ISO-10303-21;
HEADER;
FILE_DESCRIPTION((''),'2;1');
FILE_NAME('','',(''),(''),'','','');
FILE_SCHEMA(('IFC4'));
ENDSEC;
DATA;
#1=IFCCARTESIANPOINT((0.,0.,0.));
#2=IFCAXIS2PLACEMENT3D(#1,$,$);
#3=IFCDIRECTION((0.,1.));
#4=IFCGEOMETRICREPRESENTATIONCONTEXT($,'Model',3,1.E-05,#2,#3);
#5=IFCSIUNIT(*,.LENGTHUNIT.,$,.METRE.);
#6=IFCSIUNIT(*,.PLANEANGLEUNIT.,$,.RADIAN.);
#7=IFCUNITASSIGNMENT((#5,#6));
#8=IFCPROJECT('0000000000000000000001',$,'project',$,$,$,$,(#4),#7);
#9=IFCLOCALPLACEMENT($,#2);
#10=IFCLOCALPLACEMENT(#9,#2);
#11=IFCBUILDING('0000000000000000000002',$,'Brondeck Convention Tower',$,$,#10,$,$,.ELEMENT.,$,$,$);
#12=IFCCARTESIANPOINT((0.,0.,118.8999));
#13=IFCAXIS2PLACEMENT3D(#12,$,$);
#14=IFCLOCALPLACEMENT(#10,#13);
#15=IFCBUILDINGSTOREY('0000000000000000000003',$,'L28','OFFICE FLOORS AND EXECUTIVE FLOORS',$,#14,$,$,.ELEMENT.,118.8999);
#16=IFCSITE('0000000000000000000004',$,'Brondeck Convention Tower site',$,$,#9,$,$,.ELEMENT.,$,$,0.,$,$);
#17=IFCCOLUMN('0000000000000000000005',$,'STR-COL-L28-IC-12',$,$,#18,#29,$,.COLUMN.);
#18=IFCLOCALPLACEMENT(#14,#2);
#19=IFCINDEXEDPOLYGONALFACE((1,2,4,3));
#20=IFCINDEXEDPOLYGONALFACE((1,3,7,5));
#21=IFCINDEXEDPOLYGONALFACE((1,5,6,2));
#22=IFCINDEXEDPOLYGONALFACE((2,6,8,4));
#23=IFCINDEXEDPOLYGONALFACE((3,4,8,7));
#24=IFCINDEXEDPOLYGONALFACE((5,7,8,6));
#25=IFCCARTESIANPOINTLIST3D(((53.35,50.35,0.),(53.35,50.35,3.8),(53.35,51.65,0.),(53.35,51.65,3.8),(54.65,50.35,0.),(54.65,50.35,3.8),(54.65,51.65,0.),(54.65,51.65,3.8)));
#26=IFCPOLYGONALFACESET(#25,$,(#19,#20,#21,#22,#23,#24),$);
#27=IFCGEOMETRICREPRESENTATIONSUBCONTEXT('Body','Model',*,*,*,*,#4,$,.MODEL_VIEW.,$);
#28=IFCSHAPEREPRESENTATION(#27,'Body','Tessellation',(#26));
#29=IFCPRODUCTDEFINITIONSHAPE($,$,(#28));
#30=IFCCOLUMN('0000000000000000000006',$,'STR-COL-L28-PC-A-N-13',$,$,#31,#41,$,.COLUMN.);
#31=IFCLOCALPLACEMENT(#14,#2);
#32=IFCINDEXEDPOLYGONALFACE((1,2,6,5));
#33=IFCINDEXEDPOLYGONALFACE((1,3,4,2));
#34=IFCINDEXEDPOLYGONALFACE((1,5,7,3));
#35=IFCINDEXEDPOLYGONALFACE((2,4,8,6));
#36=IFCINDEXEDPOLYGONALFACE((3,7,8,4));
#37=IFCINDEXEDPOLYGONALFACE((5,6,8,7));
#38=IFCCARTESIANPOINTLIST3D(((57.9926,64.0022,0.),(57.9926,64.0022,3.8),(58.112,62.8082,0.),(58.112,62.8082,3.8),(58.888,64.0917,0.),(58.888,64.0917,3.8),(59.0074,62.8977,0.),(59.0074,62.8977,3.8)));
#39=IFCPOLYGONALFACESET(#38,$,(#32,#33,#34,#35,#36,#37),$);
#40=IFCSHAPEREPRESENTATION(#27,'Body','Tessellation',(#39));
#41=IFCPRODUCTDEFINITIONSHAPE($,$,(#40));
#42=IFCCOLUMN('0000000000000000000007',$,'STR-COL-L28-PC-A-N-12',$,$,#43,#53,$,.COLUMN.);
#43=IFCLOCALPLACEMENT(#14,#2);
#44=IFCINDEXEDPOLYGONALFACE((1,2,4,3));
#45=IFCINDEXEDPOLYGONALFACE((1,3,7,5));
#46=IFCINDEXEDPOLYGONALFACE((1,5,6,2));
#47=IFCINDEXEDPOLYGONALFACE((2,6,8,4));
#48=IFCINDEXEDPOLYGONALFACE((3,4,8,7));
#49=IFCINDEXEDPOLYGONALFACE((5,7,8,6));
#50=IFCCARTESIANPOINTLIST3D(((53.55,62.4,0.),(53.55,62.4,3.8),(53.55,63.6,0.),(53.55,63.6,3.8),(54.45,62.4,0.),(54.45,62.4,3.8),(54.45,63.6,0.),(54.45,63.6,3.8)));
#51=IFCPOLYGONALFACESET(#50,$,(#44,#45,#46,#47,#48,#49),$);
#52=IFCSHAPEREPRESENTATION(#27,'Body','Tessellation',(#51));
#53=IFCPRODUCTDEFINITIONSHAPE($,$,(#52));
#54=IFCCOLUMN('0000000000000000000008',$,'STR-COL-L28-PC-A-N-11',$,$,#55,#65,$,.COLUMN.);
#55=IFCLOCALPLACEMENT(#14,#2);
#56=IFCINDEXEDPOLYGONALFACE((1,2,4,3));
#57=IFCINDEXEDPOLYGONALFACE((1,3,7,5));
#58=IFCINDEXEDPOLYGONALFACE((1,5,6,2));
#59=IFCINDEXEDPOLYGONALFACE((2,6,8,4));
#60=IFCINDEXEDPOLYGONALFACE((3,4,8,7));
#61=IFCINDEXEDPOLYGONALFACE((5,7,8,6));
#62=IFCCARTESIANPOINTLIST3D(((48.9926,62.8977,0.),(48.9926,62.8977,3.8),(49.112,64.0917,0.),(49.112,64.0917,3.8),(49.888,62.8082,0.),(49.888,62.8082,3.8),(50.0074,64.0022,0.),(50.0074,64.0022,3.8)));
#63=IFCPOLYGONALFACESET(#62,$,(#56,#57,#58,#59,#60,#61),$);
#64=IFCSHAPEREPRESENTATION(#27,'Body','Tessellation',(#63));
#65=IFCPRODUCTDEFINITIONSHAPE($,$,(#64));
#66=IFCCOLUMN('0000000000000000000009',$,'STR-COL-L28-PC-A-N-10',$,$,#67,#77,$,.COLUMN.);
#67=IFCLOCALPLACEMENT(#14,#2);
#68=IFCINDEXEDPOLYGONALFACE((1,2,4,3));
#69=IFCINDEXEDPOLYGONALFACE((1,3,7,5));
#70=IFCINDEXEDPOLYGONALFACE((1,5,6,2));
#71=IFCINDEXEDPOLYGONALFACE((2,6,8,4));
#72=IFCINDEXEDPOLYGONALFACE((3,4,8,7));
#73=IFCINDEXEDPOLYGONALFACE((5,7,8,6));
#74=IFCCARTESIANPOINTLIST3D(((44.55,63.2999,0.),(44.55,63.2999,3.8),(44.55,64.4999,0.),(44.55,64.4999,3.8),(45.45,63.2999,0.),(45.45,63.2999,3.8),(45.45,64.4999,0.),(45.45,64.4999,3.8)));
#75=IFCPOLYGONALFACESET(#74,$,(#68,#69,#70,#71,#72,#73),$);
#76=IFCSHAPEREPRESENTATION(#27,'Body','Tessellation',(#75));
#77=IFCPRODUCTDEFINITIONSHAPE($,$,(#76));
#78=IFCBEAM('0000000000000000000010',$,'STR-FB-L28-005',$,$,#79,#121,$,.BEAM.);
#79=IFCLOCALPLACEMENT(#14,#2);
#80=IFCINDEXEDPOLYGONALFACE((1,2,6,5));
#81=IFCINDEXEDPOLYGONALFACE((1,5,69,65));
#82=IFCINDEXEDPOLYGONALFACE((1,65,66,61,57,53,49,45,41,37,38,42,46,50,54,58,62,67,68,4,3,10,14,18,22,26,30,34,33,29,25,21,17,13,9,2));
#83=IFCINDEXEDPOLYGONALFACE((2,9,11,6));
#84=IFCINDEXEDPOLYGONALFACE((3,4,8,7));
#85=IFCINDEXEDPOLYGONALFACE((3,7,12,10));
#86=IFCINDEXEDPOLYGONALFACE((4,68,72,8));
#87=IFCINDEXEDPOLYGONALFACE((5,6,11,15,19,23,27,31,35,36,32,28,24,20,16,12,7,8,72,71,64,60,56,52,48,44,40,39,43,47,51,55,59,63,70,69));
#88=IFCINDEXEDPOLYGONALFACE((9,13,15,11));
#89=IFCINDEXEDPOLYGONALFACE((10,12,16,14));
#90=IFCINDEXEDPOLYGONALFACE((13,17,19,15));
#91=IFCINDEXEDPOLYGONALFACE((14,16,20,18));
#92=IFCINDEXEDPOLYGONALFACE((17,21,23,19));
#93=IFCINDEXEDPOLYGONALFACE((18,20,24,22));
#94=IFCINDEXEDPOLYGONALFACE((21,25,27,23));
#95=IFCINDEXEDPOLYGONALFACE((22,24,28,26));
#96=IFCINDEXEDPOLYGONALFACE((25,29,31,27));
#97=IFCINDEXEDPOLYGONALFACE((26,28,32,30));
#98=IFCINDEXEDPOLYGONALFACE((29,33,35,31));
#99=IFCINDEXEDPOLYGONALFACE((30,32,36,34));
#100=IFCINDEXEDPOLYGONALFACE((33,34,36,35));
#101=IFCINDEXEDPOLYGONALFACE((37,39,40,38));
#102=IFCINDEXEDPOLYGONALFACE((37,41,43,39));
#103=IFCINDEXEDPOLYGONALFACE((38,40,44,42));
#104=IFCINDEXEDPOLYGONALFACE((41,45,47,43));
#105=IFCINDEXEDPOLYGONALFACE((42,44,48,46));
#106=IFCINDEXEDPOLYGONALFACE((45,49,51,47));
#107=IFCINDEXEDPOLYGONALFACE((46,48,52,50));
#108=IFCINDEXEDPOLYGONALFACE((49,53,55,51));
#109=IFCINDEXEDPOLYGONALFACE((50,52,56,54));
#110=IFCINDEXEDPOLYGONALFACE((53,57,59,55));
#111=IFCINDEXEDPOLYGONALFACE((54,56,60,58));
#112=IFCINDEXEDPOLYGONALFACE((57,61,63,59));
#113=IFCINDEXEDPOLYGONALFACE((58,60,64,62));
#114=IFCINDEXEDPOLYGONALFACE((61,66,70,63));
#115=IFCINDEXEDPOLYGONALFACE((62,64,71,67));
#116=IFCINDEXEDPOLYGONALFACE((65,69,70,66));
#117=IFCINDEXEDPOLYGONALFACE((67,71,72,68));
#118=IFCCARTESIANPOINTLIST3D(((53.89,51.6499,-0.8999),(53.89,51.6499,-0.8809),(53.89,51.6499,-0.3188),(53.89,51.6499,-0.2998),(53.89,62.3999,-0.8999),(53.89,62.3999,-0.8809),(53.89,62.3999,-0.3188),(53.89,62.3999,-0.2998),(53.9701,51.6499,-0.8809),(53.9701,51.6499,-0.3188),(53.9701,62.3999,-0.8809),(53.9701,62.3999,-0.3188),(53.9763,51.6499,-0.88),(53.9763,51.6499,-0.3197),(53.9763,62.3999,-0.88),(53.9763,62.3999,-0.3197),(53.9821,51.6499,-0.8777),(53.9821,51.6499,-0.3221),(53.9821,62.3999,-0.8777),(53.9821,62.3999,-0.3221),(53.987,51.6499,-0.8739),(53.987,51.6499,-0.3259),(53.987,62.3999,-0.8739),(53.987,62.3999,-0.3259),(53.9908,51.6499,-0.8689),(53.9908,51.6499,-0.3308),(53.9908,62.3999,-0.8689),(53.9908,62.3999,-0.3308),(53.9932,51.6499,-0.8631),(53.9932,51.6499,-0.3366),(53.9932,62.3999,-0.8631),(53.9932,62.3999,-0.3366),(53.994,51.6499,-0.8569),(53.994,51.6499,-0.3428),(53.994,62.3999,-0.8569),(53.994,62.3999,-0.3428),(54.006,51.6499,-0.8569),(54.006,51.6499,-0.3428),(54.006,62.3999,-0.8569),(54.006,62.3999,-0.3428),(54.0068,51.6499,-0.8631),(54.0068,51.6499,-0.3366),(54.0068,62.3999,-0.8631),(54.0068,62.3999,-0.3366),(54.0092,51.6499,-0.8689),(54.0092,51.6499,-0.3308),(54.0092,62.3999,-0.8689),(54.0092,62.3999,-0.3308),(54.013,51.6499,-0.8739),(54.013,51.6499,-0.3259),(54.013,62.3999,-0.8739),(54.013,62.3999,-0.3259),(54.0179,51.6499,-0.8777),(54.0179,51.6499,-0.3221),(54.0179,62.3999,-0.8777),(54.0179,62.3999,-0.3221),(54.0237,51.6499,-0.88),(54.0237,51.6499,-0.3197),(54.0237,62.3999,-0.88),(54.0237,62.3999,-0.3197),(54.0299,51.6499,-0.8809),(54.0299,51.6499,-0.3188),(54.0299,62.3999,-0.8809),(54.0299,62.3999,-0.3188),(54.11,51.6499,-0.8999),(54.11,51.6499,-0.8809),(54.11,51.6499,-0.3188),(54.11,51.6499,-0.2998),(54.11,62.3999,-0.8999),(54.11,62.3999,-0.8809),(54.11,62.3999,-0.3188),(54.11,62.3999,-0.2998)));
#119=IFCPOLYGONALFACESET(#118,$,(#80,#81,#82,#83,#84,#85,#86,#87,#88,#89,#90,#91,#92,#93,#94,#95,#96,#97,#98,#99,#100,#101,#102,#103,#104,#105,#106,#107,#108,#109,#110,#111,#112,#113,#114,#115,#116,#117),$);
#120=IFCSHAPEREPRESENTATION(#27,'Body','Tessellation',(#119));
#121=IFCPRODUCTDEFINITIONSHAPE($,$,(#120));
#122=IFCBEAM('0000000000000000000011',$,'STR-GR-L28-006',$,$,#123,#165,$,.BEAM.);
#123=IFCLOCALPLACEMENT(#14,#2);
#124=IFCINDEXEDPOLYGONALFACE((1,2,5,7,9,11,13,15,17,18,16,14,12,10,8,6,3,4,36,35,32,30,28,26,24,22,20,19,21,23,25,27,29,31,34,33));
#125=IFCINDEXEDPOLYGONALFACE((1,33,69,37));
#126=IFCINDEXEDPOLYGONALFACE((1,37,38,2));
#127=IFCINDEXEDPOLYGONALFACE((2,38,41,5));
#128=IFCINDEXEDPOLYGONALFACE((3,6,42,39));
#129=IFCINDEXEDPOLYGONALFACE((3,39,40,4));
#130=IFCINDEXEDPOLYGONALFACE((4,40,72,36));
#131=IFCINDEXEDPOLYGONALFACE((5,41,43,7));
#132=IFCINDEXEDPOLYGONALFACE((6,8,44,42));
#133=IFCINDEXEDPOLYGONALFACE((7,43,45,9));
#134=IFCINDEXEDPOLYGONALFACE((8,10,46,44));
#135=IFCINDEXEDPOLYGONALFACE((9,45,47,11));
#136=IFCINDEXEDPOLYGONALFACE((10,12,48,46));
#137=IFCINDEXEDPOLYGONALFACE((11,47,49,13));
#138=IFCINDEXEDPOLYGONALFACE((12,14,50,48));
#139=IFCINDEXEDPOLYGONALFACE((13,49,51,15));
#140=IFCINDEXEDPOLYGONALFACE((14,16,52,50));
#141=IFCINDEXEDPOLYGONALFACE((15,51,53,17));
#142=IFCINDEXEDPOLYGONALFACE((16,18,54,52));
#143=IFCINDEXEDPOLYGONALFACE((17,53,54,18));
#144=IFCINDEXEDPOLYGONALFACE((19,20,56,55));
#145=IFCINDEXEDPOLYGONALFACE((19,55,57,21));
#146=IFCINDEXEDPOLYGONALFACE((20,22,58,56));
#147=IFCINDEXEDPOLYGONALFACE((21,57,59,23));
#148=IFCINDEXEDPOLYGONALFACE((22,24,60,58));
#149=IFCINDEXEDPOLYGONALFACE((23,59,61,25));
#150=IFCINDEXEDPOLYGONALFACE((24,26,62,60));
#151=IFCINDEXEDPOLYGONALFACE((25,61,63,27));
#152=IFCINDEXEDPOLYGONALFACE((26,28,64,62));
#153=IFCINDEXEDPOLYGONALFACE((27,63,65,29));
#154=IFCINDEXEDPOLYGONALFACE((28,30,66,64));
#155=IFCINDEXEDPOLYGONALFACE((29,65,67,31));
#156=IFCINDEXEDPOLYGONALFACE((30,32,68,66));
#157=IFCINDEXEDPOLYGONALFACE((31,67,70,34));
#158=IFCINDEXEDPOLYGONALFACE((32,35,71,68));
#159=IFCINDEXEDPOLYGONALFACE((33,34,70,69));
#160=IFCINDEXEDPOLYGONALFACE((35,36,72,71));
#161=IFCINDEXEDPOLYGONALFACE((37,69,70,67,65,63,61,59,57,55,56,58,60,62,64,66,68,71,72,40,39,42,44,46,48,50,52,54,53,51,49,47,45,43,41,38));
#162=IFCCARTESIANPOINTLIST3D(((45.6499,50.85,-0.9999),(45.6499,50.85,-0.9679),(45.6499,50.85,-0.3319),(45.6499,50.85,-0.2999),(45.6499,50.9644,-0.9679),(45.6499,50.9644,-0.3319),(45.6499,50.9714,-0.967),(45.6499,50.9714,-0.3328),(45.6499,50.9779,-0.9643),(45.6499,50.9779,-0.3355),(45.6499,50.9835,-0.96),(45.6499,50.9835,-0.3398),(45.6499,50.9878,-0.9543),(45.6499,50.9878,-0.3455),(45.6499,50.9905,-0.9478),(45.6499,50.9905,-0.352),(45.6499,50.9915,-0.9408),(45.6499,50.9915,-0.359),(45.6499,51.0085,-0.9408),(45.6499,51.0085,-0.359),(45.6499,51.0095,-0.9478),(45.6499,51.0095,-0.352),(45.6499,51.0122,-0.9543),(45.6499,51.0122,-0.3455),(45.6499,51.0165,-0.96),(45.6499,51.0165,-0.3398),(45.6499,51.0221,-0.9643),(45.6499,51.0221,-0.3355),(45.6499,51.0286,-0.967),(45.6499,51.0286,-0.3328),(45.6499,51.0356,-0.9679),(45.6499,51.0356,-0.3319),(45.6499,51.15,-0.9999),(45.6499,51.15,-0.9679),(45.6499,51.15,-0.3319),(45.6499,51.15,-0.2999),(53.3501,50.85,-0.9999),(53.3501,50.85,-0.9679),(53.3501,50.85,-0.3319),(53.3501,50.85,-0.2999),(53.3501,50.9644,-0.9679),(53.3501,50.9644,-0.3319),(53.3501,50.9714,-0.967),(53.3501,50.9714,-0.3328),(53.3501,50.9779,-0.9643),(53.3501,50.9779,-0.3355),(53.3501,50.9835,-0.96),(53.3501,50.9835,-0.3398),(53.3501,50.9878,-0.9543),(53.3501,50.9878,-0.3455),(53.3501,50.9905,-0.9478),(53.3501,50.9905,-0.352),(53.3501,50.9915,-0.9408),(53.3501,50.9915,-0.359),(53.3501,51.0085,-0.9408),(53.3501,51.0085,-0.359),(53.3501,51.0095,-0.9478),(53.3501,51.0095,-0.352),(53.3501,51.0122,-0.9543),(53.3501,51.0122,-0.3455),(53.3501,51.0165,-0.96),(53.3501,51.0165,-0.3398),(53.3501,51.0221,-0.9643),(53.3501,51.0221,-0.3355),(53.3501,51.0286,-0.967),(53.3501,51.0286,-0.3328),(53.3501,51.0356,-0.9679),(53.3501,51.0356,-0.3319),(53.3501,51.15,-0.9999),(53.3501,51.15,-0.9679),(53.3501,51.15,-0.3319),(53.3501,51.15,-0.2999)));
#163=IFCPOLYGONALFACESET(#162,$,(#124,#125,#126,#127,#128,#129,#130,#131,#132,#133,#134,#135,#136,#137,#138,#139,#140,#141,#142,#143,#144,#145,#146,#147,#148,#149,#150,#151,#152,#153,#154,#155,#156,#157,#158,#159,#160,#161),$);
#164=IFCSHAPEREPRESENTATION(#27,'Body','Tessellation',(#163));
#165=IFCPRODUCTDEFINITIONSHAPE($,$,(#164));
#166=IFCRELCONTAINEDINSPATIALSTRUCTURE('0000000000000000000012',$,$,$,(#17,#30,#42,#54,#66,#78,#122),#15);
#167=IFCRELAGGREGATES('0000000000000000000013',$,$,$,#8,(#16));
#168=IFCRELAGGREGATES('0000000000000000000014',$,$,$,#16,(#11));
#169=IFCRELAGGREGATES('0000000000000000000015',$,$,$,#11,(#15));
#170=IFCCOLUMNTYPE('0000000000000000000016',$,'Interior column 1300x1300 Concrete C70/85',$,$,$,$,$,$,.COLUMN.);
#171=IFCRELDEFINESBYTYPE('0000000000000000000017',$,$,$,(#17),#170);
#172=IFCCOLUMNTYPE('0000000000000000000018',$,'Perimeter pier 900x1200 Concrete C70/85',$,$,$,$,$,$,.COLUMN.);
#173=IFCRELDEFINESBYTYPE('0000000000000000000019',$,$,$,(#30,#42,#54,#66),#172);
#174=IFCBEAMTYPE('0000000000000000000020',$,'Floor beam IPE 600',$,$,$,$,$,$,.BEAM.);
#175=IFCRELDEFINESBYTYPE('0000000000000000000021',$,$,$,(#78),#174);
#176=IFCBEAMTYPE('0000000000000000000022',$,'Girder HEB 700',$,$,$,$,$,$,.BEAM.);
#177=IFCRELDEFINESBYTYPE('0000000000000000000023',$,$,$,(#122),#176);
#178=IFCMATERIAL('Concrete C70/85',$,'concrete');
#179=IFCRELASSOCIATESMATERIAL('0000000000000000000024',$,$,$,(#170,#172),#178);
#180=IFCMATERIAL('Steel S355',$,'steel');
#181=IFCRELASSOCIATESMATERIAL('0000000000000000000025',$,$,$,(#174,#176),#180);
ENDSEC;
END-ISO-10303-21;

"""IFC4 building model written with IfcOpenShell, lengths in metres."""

from ifc_helpers import new_model, si_unit, direction, frame, origin, origin_2d, place, context, subcontext, project, spatial, rectangle, i_section, extrude, material, material_profile, profile_set, type_object, element, save


model = new_model("IFC4")

# Units and contexts
model_context = context("Model", 3, precision=1e-05, world=origin(), true_north=direction((0.0, 1.0)))
body_context = subcontext(model_context, "Body", "Model", "MODEL_VIEW")
ifc_project = project(units=[si_unit("LENGTHUNIT", "METRE"), si_unit("PLANEANGLEUNIT", "RADIAN")], contexts=[model_context])

# Site, building, storey
site_placement = place(None, origin())
site = spatial("IfcSite", under=ifc_project, at=site_placement, Name="Brondeck Convention Tower site", CompositionType="ELEMENT", RefElevation=0.0)
building_placement = place(site_placement, origin())
building = spatial("IfcBuilding", under=site, at=building_placement, Name="Brondeck Convention Tower", CompositionType="ELEMENT")
storey_placement = place(building_placement, frame((0.0, 0.0, 118.8999)))
storey = spatial("IfcBuildingStorey", under=building, at=storey_placement, Name="L28", Description="OFFICE FLOORS AND EXECUTIVE FLOORS", CompositionType="ELEMENT", Elevation=118.8999)

# Columns
ifc_material_1 = material(Name="Concrete C70/85", Category="concrete")
ifc_material_profile_1 = material_profile(ifc_material_1, rectangle(XDim=1.3, YDim=1.3, at=origin_2d()), Name="Interior column 1300x1300 Concrete C70/85")
ifc_profile_set_1 = profile_set([ifc_material_profile_1], Name="Concrete C70/85")
column_type_1 = type_object("IfcColumnType", Name="Interior column 1300x1300 Concrete C70/85", PredefinedType="COLUMN", material=ifc_profile_set_1)
column_placement = place(storey_placement, frame((54.0, 51.0, 0.0), z_axis=(0.0, 0.0, 1.0), x_axis=(1.0, 0.0, 0.0)))
element("IfcColumn", 1, at=column_placement, inside=storey, type_object=column_type_1, Name="STR-COL-L28-IC-12", PredefinedType="COLUMN", context=body_context, shape_type="SweptSolid", body=[
    extrude(rectangle(XDim=1.3, YDim=1.3, at=origin_2d()), origin(), (0.0, 0.0, 1.0), 3.8),
])
ifc_material_profile_2 = material_profile(ifc_material_1, rectangle(XDim=0.8999, YDim=1.2, at=origin_2d()), Name="Perimeter pier 900x1200 Concrete C70/85")
ifc_profile_set_2 = profile_set([ifc_material_profile_2], Name="Concrete C70/85")
column_type_2 = type_object("IfcColumnType", Name="Perimeter pier 900x1200 Concrete C70/85", PredefinedType="COLUMN", material=ifc_profile_set_2)
for number, where, z_axis, x_axis, name in (
    (2, (58.5, 63.45, 0.0), (0.0, 0.0, 1.0), (-0.995037, -0.099504, 0.0), "STR-COL-L28-PC-A-N-13"),
    (3, (54.0, 63.0, 0.0), (0.0, 0.0, 1.0), (-1.0, 0.0, 0.0), "STR-COL-L28-PC-A-N-12"),
    (4, (49.5, 63.45, 0.0), (0.0, 0.0, 1.0), (-0.995037, 0.099504, 0.0), "STR-COL-L28-PC-A-N-11"),
    (5, (45.0, 63.8999, 0.0), (0.0, 0.0, 1.0), (-1.0, 0.0, 0.0), "STR-COL-L28-PC-A-N-10"),
):
    element("IfcColumn", number, at=place(storey_placement, frame(where, z_axis=z_axis, x_axis=x_axis)), inside=storey, type_object=column_type_2, Name=name, PredefinedType="COLUMN", context=body_context, shape_type="SweptSolid", body=[
        extrude(rectangle(XDim=0.8999, YDim=1.2, at=origin_2d()), origin(), (0.0, 0.0, 1.0), 3.8),
    ])

# Beams
ifc_material_2 = material(Name="Steel S355", Category="steel")
ifc_material_profile_3 = material_profile(ifc_material_2, i_section(OverallWidth=0.22, OverallDepth=0.6001, WebThickness=0.012, FlangeThickness=0.019, FilletRadius=0.0239, at=origin_2d()), Name="IPE 600")
ifc_profile_set_3 = profile_set([ifc_material_profile_3], Name="Steel S355")
beam_type_1 = type_object("IfcBeamType", Name="Floor beam IPE 600", PredefinedType="BEAM", material=ifc_profile_set_3)
beam_placement = place(storey_placement, frame((54.0, 51.6499, -0.5999), z_axis=(0.0, 1.0, 0.0), x_axis=(-1.0, 0.0, 0.0)))
element("IfcBeam", 6, at=beam_placement, inside=storey, type_object=beam_type_1, Name="STR-FB-L28-005", PredefinedType="BEAM", context=body_context, shape_type="SweptSolid", body=[
    extrude(i_section(OverallWidth=0.22, OverallDepth=0.6001, WebThickness=0.012, FlangeThickness=0.019, FilletRadius=0.0239, at=origin_2d()), origin(), (0.0, 0.0, 1.0), 10.75),
])
ifc_material_profile_4 = material_profile(ifc_material_2, i_section(OverallWidth=0.3, OverallDepth=0.7, WebThickness=0.0171, FlangeThickness=0.032, FilletRadius=0.0271, at=origin_2d()), Name="HEB 700")
ifc_profile_set_4 = profile_set([ifc_material_profile_4], Name="Steel S355")
beam_type_2 = type_object("IfcBeamType", Name="Girder HEB 700", PredefinedType="BEAM", material=ifc_profile_set_4)
for number, where, z_axis, x_axis, name in (
    (7, (45.6499, 51.0, -0.6499), (1.0, 0.0, 0.0), (0.0, 1.0, 0.0), "STR-GR-L28-006"),
):
    element("IfcBeam", number, at=place(storey_placement, frame(where, z_axis=z_axis, x_axis=x_axis)), inside=storey, type_object=beam_type_2, Name=name, PredefinedType="BEAM", context=body_context, shape_type="SweptSolid", body=[
        extrude(i_section(OverallWidth=0.3, OverallDepth=0.7, WebThickness=0.0171, FlangeThickness=0.032, FilletRadius=0.0271, at=origin_2d()), origin(), (0.0, 0.0, 1.0), 7.7002),
    ])

save(model, "model.ifc")
